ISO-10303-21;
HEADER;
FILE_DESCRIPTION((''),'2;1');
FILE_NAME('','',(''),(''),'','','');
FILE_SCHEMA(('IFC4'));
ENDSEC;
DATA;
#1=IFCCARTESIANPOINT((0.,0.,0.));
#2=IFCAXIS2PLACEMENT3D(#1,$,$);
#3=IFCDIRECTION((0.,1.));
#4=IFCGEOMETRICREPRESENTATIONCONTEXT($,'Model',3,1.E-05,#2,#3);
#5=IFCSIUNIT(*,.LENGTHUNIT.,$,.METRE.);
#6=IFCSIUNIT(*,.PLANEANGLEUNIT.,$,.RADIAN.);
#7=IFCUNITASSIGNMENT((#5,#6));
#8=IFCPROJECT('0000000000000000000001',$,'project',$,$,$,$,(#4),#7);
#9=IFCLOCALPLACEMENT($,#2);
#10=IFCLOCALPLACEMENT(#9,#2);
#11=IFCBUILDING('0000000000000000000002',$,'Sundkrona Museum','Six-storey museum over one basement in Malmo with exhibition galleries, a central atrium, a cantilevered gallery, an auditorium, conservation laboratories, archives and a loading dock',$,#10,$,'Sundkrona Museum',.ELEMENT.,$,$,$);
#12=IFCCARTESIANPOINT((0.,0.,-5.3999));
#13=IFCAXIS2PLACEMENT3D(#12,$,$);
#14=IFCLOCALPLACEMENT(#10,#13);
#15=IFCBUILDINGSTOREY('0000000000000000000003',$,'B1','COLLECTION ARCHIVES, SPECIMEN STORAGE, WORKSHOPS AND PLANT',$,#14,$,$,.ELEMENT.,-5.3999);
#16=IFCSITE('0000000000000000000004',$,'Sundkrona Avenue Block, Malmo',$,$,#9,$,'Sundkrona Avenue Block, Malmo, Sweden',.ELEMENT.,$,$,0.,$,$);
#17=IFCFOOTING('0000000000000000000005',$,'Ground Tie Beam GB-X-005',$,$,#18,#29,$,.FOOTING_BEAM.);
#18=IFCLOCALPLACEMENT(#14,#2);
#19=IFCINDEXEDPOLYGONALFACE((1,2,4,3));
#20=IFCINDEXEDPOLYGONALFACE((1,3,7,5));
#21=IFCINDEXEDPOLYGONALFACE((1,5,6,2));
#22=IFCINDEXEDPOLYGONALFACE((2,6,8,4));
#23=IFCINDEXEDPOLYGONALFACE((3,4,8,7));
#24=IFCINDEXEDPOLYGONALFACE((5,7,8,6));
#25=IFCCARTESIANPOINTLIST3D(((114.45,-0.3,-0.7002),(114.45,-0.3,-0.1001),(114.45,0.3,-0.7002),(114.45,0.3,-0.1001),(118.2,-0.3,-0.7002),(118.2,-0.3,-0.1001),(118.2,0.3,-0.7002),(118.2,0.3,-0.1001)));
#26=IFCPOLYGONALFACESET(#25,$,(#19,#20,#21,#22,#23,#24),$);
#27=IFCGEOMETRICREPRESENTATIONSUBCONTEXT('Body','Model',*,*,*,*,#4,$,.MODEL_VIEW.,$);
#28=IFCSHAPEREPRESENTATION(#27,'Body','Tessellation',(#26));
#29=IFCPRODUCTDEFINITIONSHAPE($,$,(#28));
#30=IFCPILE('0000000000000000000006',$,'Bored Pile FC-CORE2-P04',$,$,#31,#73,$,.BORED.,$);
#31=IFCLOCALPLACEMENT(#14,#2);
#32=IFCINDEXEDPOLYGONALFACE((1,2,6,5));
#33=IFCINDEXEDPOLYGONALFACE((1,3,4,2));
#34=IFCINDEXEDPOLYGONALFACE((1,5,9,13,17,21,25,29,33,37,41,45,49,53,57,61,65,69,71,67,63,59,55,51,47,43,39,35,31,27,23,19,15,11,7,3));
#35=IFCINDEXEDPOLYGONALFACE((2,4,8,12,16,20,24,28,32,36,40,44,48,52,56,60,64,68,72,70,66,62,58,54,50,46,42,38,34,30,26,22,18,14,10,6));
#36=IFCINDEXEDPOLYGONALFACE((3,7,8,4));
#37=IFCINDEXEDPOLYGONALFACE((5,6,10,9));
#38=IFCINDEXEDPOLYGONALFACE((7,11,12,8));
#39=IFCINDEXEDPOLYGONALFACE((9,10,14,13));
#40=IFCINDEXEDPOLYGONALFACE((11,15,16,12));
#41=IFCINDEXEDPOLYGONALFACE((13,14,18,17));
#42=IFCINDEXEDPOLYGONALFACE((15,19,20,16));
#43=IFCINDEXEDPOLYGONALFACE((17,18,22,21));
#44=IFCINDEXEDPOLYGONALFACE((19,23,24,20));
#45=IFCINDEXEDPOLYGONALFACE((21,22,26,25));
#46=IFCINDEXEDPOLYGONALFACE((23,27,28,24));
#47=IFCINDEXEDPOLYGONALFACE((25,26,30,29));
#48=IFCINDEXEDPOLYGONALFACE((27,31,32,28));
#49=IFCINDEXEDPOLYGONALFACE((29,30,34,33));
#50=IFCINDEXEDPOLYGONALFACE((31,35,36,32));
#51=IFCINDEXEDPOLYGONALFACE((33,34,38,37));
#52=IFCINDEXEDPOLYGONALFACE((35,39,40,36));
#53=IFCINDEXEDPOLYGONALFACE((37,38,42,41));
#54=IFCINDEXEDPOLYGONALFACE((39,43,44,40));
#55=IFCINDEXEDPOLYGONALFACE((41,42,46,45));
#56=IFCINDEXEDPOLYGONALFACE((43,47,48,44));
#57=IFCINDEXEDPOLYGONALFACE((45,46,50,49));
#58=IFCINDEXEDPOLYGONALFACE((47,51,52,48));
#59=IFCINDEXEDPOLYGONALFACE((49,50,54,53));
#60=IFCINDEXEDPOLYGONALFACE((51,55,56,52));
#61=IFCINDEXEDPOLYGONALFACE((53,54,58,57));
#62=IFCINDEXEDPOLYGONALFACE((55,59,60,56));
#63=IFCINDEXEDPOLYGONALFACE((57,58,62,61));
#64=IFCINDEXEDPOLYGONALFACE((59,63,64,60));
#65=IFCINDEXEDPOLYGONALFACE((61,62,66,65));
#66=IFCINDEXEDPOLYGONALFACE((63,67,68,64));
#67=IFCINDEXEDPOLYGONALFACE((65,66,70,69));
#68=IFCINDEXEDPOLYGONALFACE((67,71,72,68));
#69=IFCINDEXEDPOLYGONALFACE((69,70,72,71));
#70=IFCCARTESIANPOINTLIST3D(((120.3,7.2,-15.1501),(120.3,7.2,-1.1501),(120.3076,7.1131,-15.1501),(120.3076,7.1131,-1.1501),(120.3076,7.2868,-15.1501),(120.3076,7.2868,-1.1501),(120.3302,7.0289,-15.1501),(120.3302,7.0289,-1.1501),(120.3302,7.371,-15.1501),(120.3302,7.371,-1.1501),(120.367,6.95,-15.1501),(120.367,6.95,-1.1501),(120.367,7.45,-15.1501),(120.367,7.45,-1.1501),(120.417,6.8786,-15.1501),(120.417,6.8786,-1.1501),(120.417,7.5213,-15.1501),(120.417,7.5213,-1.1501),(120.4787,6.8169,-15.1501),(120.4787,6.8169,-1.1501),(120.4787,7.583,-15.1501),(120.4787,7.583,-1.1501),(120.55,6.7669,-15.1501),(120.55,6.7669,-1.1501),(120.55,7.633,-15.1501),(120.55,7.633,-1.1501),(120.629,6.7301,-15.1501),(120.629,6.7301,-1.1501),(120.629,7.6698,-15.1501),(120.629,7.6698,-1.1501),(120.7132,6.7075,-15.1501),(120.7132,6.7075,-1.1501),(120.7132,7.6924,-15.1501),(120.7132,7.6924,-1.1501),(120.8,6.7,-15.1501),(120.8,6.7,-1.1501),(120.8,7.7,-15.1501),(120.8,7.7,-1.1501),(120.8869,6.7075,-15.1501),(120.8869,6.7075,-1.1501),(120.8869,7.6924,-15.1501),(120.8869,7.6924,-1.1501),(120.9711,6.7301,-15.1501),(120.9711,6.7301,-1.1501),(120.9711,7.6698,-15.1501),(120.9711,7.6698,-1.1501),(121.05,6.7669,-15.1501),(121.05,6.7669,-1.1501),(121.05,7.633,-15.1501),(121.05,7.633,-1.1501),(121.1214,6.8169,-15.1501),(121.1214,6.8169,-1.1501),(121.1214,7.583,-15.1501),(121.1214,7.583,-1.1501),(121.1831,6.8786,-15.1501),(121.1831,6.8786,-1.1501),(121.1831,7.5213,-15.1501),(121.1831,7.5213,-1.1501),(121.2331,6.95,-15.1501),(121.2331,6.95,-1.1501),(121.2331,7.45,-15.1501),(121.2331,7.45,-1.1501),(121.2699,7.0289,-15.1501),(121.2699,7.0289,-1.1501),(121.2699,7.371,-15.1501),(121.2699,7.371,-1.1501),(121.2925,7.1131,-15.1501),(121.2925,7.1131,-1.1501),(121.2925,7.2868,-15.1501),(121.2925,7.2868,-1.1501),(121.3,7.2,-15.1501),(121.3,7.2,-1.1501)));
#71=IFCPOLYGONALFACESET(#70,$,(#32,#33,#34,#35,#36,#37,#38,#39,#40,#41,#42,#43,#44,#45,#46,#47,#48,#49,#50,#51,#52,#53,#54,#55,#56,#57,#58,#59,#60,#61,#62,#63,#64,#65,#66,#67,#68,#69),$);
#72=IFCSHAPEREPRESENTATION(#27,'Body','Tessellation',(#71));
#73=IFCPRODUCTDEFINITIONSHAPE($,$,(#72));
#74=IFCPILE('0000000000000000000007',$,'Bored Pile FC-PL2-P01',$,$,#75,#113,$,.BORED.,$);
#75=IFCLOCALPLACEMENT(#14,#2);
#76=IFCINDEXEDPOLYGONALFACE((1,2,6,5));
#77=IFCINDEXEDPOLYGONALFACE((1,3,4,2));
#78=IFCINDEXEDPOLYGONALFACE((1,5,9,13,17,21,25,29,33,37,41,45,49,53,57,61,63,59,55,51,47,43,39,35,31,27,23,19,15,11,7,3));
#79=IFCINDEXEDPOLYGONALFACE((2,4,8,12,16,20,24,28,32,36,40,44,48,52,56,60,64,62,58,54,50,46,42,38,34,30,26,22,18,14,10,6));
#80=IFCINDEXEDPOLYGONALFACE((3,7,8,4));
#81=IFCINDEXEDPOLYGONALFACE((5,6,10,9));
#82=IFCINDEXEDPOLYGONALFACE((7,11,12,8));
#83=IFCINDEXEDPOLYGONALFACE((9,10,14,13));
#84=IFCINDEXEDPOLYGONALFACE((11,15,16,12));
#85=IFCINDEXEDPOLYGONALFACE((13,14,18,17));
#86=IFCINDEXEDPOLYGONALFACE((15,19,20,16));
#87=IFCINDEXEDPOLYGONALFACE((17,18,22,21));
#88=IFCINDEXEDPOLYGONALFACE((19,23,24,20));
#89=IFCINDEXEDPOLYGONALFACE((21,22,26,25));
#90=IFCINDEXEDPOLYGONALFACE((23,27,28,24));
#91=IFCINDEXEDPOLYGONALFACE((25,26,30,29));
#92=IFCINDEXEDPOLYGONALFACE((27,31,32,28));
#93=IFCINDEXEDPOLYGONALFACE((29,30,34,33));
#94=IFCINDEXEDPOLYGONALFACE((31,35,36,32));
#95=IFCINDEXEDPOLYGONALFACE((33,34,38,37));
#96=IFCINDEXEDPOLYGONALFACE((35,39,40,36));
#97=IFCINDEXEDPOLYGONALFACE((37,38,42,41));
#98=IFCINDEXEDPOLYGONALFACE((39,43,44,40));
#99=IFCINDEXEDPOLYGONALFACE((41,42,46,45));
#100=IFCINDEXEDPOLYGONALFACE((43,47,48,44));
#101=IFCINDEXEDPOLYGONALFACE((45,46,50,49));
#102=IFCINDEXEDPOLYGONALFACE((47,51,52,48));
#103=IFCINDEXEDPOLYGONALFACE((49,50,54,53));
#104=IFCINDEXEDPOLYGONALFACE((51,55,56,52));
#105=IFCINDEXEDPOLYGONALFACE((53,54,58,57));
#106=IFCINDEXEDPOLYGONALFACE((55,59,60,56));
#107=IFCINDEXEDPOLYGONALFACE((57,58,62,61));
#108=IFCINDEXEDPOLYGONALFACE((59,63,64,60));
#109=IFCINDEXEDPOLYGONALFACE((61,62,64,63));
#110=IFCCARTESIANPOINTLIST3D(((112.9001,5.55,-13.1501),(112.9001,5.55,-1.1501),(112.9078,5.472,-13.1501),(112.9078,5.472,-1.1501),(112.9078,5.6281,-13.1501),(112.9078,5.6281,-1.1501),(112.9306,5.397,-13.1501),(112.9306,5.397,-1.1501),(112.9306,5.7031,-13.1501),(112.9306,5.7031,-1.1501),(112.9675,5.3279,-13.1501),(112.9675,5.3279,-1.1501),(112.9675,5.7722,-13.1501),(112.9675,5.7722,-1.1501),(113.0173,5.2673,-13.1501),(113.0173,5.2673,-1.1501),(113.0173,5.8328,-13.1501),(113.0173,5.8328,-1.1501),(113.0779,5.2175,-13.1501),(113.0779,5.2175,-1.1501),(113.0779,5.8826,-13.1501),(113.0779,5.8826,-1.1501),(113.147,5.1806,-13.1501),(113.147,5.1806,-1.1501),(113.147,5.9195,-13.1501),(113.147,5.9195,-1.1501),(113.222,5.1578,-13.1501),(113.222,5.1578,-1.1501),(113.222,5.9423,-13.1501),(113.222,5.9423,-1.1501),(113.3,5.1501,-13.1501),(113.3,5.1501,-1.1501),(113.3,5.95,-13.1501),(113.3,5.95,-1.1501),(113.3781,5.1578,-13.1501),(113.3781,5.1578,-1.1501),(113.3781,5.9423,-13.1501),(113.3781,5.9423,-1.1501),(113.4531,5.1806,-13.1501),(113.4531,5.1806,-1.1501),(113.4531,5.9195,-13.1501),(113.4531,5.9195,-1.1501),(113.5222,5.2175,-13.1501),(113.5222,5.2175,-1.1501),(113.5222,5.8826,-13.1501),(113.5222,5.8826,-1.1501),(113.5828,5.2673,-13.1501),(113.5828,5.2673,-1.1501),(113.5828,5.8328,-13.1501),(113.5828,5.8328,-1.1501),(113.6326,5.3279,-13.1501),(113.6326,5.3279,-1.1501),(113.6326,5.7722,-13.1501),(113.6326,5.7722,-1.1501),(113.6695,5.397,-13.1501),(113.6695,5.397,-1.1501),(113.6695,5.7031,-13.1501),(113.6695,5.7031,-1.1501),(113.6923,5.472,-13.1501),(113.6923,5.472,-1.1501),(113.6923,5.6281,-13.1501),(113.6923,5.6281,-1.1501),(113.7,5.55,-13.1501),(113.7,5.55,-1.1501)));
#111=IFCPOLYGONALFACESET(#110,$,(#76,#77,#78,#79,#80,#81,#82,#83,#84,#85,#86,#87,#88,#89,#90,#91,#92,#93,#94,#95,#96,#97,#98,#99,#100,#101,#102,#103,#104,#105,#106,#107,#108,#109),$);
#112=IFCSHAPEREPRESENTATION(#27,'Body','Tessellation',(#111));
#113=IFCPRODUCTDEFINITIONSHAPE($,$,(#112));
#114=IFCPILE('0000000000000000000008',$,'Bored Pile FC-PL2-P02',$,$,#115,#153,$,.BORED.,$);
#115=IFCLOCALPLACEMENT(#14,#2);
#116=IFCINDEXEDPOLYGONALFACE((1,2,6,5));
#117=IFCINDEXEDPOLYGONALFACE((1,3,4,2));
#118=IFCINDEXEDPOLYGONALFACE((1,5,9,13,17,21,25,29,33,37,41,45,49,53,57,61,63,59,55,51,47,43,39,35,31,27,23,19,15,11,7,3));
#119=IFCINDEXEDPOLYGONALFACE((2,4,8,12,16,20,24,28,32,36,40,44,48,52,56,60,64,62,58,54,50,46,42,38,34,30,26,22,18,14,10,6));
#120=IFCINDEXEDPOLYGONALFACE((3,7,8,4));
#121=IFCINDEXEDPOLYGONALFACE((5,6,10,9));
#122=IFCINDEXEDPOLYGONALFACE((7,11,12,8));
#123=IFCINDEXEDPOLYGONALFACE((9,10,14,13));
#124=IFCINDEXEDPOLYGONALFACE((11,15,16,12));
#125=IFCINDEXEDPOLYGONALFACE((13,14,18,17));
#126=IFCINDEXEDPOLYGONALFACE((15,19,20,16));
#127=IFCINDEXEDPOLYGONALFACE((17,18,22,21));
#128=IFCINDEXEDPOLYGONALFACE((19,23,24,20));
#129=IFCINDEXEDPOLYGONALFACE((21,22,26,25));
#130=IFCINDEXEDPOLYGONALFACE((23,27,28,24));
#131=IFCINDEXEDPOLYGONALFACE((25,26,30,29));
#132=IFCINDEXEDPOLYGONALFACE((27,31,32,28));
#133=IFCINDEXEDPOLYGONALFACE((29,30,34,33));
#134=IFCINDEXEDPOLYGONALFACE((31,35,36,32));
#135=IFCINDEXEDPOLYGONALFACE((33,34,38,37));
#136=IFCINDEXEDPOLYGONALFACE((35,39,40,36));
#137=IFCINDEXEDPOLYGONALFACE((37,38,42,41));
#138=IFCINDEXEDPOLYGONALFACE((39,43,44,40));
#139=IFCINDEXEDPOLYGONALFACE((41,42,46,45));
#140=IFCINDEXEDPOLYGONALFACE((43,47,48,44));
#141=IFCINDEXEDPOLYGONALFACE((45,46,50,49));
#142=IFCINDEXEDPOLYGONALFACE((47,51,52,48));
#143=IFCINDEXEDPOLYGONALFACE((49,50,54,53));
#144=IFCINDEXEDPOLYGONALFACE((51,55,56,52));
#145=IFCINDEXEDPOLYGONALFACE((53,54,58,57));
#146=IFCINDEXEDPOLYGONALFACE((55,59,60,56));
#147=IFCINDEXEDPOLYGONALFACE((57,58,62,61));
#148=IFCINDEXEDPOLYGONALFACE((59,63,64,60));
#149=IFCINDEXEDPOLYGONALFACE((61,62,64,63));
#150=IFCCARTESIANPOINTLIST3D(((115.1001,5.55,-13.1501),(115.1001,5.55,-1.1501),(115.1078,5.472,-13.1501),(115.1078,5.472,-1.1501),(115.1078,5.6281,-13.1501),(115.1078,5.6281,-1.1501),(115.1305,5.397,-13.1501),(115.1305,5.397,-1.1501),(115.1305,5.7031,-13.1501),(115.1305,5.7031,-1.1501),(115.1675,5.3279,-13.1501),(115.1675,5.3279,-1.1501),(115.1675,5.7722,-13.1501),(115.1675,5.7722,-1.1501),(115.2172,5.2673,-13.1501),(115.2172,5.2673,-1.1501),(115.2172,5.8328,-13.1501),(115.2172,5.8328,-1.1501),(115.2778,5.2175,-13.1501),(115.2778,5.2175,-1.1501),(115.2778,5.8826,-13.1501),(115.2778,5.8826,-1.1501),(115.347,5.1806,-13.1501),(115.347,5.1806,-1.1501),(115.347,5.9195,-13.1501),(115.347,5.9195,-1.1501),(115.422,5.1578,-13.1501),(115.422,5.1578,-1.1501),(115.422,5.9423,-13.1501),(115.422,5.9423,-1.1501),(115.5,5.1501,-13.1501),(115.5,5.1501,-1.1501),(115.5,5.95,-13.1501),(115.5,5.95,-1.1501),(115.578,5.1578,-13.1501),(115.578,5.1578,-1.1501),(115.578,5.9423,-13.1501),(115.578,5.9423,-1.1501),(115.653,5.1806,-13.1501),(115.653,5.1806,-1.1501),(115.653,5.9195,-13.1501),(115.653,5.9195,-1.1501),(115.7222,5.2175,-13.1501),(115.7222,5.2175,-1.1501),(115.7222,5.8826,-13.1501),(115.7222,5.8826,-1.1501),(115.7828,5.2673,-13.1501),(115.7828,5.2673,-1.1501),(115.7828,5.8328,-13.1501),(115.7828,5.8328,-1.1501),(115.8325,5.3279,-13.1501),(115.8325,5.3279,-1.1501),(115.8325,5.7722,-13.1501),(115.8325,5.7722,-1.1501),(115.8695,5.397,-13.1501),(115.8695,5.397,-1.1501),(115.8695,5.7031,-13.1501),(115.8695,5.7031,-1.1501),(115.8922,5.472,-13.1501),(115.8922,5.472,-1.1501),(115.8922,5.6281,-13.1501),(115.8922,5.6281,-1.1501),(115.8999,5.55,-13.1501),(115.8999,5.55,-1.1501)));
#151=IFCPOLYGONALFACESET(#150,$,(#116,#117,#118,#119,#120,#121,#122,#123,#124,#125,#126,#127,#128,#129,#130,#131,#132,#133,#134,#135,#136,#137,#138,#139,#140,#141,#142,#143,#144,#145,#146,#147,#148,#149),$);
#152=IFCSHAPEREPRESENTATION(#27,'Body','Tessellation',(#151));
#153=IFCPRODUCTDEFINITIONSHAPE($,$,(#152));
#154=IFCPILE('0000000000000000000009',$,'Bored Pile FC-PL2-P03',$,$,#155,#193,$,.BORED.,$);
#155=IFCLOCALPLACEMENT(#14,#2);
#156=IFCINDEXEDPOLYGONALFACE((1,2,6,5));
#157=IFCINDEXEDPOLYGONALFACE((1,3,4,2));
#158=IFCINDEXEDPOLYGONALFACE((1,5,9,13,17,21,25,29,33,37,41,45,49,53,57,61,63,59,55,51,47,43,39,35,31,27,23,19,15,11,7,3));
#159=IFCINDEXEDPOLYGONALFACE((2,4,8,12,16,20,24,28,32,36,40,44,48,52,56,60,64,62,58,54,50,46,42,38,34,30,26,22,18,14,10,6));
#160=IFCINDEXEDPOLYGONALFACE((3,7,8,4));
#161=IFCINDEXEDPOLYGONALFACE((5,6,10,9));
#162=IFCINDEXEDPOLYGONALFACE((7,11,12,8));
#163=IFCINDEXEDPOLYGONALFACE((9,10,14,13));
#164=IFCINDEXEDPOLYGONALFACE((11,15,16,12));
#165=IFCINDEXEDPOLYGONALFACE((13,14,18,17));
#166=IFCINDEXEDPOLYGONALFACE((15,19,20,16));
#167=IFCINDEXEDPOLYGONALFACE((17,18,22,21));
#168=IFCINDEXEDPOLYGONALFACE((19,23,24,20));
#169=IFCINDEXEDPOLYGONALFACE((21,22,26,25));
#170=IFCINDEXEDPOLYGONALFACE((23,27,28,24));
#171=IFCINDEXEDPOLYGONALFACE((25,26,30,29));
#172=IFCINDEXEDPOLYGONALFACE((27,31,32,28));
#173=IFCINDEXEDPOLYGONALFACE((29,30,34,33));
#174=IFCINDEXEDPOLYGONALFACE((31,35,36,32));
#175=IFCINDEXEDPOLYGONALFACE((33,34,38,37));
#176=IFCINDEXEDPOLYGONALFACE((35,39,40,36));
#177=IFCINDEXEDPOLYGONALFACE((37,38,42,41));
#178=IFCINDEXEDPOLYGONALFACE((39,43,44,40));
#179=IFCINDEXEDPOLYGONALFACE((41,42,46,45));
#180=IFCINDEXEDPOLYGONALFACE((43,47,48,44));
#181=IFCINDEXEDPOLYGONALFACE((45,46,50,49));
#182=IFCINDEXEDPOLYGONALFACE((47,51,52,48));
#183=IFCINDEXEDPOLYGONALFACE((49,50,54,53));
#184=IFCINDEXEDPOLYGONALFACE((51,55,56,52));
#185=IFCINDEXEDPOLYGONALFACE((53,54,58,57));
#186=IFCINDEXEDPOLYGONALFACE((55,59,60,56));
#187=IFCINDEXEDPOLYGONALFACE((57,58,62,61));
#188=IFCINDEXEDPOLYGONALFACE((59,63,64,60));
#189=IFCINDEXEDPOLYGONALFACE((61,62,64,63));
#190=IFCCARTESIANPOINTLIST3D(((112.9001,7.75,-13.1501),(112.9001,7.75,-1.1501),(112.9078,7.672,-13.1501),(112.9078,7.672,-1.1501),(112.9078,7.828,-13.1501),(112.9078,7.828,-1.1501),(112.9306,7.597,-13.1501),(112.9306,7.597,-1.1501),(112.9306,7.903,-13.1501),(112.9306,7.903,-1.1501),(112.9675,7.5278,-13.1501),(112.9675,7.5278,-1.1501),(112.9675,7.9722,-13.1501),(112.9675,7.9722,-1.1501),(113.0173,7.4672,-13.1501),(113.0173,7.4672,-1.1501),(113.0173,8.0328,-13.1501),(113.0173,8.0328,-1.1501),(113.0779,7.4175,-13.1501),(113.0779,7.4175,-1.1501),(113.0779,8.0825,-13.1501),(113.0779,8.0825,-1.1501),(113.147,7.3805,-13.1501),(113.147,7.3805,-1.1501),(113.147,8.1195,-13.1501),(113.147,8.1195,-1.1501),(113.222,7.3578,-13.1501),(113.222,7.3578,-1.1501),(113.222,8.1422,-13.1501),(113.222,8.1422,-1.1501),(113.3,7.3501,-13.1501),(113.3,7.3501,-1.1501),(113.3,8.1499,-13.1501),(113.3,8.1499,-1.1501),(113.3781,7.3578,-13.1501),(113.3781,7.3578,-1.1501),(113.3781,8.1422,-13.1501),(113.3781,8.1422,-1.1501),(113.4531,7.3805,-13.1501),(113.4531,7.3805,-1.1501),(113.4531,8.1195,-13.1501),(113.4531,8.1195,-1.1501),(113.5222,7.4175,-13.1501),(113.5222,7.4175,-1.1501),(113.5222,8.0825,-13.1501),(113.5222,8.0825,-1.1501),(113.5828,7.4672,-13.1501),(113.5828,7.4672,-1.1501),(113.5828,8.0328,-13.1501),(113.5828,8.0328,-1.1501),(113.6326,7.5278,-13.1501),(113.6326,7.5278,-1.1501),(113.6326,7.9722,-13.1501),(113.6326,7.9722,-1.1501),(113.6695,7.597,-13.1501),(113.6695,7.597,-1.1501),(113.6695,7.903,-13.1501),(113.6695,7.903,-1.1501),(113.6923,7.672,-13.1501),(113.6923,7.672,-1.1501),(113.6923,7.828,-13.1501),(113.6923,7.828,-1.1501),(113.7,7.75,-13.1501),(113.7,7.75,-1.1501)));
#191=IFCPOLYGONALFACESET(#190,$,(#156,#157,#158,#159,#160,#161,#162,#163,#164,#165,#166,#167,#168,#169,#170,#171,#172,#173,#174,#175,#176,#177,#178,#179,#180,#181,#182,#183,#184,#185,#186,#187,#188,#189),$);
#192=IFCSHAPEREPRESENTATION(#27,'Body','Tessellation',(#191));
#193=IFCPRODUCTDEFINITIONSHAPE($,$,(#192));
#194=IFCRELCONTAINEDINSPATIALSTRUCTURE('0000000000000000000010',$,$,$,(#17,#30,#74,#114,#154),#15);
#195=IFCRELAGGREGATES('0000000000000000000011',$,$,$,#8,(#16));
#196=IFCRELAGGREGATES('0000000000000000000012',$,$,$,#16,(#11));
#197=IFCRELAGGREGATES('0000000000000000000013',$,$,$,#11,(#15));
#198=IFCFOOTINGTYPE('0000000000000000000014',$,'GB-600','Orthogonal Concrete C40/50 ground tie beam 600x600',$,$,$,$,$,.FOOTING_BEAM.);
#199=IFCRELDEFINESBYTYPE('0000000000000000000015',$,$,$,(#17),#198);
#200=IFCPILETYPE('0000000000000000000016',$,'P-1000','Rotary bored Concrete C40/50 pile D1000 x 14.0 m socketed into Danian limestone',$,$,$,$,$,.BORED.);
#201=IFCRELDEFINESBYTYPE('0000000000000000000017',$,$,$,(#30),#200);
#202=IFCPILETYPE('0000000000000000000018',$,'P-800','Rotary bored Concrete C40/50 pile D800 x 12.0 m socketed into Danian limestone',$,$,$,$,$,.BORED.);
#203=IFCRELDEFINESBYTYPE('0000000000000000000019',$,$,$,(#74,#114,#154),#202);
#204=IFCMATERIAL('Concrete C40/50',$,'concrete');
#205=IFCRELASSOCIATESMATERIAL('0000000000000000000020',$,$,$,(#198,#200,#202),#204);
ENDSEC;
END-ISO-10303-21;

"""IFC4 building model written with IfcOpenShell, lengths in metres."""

from ifc_helpers import new_model, si_unit, direction, frame, origin, origin_2d, place, context, subcontext, project, spatial, rectangle, circle, extrude, material, material_profile, profile_set, type_object, element, save


model = new_model("IFC4")

# Units and contexts
model_context = context("Model", 3, precision=1e-05, world=origin(), true_north=direction((0.0, 1.0)))
body_context = subcontext(model_context, "Body", "Model", "MODEL_VIEW")
ifc_project = project(units=[si_unit("LENGTHUNIT", "METRE"), si_unit("PLANEANGLEUNIT", "RADIAN")], contexts=[model_context])

# Site, building, storey
site_placement = place(None, origin())
site = spatial("IfcSite", under=ifc_project, at=site_placement, Name="Sundkrona Avenue Block, Malmo", LongName="Sundkrona Avenue Block, Malmo, Sweden", CompositionType="ELEMENT", RefElevation=0.0)
building_placement = place(site_placement, origin())
building = spatial("IfcBuilding", under=site, at=building_placement, Name="Sundkrona Museum", Description="Six-storey museum over one basement in Malmo with exhibition galleries, a central atrium, a cantilevered gallery, an auditorium, conservation laboratories, archives and a loading dock", LongName="Sundkrona Museum", CompositionType="ELEMENT")
storey_placement = place(building_placement, frame((0.0, 0.0, -5.3999)))
storey = spatial("IfcBuildingStorey", under=building, at=storey_placement, Name="B1", Description="COLLECTION ARCHIVES, SPECIMEN STORAGE, WORKSHOPS AND PLANT", CompositionType="ELEMENT", Elevation=-5.3999)

# Footing
ifc_material_1 = material(Name="Concrete C40/50", Category="concrete")
footing_type_1 = type_object("IfcFootingType", Name="GB-600", Description="Orthogonal Concrete C40/50 ground tie beam 600x600", PredefinedType="FOOTING_BEAM", material=ifc_material_1)
footing_1_placement = place(storey_placement, frame((116.325, 0.0, -0.7002), z_axis=(0.0, 0.0, 1.0), x_axis=(1.0, 0.0, 0.0)))
element("IfcFooting", 1, at=footing_1_placement, inside=storey, type_object=footing_type_1, Name="Ground Tie Beam GB-X-005", PredefinedType="FOOTING_BEAM", context=body_context, shape_type="SweptSolid", body=[
    extrude(rectangle(XDim=3.75, YDim=0.6001, at=origin_2d()), origin(), (0.0, 0.0, 1.0), 0.6001),
])

# Piles
ifc_material_profile_1 = material_profile(ifc_material_1, circle(Radius=0.5, at=origin_2d()), Name="PILE D1000")
ifc_profile_set_1 = profile_set([ifc_material_profile_1], Name="Concrete C40/50")
pile_type_1 = type_object("IfcPileType", Name="P-1000", Description="Rotary bored Concrete C40/50 pile D1000 x 14.0 m socketed into Danian limestone", PredefinedType="BORED", material=ifc_profile_set_1)
pile_placement = place(storey_placement, frame((120.8, 7.2, -1.1501), z_axis=(0.0, 0.0, -1.0), x_axis=(1.0, 0.0, 0.0)))
element("IfcPile", 2, at=pile_placement, inside=storey, type_object=pile_type_1, Name="Bored Pile FC-CORE2-P04", PredefinedType="BORED", context=body_context, shape_type="SweptSolid", body=[
    extrude(circle(Radius=0.5, at=origin_2d()), origin(), (0.0, 0.0, 1.0), 14.0),
])
ifc_material_profile_2 = material_profile(ifc_material_1, circle(Radius=0.3999, at=origin_2d()), Name="PILE D800")
ifc_profile_set_2 = profile_set([ifc_material_profile_2], Name="Concrete C40/50")
pile_type_2 = type_object("IfcPileType", Name="P-800", Description="Rotary bored Concrete C40/50 pile D800 x 12.0 m socketed into Danian limestone", PredefinedType="BORED", material=ifc_profile_set_2)
for number, where, z_axis, x_axis, name in (
    (3, (113.3, 5.55, -1.1501), (0.0, 0.0, -1.0), (1.0, 0.0, 0.0), "Bored Pile FC-PL2-P01"),
    (4, (115.5, 5.55, -1.1501), (0.0, 0.0, -1.0), (1.0, 0.0, 0.0), "Bored Pile FC-PL2-P02"),
    (5, (113.3, 7.75, -1.1501), (0.0, 0.0, -1.0), (1.0, 0.0, 0.0), "Bored Pile FC-PL2-P03"),
):
    element("IfcPile", number, at=place(storey_placement, frame(where, z_axis=z_axis, x_axis=x_axis)), inside=storey, type_object=pile_type_2, Name=name, PredefinedType="BORED", context=body_context, shape_type="SweptSolid", body=[
        extrude(circle(Radius=0.3999, at=origin_2d()), origin(), (0.0, 0.0, 1.0), 12.0),
    ])

save(model, "model.ifc")
